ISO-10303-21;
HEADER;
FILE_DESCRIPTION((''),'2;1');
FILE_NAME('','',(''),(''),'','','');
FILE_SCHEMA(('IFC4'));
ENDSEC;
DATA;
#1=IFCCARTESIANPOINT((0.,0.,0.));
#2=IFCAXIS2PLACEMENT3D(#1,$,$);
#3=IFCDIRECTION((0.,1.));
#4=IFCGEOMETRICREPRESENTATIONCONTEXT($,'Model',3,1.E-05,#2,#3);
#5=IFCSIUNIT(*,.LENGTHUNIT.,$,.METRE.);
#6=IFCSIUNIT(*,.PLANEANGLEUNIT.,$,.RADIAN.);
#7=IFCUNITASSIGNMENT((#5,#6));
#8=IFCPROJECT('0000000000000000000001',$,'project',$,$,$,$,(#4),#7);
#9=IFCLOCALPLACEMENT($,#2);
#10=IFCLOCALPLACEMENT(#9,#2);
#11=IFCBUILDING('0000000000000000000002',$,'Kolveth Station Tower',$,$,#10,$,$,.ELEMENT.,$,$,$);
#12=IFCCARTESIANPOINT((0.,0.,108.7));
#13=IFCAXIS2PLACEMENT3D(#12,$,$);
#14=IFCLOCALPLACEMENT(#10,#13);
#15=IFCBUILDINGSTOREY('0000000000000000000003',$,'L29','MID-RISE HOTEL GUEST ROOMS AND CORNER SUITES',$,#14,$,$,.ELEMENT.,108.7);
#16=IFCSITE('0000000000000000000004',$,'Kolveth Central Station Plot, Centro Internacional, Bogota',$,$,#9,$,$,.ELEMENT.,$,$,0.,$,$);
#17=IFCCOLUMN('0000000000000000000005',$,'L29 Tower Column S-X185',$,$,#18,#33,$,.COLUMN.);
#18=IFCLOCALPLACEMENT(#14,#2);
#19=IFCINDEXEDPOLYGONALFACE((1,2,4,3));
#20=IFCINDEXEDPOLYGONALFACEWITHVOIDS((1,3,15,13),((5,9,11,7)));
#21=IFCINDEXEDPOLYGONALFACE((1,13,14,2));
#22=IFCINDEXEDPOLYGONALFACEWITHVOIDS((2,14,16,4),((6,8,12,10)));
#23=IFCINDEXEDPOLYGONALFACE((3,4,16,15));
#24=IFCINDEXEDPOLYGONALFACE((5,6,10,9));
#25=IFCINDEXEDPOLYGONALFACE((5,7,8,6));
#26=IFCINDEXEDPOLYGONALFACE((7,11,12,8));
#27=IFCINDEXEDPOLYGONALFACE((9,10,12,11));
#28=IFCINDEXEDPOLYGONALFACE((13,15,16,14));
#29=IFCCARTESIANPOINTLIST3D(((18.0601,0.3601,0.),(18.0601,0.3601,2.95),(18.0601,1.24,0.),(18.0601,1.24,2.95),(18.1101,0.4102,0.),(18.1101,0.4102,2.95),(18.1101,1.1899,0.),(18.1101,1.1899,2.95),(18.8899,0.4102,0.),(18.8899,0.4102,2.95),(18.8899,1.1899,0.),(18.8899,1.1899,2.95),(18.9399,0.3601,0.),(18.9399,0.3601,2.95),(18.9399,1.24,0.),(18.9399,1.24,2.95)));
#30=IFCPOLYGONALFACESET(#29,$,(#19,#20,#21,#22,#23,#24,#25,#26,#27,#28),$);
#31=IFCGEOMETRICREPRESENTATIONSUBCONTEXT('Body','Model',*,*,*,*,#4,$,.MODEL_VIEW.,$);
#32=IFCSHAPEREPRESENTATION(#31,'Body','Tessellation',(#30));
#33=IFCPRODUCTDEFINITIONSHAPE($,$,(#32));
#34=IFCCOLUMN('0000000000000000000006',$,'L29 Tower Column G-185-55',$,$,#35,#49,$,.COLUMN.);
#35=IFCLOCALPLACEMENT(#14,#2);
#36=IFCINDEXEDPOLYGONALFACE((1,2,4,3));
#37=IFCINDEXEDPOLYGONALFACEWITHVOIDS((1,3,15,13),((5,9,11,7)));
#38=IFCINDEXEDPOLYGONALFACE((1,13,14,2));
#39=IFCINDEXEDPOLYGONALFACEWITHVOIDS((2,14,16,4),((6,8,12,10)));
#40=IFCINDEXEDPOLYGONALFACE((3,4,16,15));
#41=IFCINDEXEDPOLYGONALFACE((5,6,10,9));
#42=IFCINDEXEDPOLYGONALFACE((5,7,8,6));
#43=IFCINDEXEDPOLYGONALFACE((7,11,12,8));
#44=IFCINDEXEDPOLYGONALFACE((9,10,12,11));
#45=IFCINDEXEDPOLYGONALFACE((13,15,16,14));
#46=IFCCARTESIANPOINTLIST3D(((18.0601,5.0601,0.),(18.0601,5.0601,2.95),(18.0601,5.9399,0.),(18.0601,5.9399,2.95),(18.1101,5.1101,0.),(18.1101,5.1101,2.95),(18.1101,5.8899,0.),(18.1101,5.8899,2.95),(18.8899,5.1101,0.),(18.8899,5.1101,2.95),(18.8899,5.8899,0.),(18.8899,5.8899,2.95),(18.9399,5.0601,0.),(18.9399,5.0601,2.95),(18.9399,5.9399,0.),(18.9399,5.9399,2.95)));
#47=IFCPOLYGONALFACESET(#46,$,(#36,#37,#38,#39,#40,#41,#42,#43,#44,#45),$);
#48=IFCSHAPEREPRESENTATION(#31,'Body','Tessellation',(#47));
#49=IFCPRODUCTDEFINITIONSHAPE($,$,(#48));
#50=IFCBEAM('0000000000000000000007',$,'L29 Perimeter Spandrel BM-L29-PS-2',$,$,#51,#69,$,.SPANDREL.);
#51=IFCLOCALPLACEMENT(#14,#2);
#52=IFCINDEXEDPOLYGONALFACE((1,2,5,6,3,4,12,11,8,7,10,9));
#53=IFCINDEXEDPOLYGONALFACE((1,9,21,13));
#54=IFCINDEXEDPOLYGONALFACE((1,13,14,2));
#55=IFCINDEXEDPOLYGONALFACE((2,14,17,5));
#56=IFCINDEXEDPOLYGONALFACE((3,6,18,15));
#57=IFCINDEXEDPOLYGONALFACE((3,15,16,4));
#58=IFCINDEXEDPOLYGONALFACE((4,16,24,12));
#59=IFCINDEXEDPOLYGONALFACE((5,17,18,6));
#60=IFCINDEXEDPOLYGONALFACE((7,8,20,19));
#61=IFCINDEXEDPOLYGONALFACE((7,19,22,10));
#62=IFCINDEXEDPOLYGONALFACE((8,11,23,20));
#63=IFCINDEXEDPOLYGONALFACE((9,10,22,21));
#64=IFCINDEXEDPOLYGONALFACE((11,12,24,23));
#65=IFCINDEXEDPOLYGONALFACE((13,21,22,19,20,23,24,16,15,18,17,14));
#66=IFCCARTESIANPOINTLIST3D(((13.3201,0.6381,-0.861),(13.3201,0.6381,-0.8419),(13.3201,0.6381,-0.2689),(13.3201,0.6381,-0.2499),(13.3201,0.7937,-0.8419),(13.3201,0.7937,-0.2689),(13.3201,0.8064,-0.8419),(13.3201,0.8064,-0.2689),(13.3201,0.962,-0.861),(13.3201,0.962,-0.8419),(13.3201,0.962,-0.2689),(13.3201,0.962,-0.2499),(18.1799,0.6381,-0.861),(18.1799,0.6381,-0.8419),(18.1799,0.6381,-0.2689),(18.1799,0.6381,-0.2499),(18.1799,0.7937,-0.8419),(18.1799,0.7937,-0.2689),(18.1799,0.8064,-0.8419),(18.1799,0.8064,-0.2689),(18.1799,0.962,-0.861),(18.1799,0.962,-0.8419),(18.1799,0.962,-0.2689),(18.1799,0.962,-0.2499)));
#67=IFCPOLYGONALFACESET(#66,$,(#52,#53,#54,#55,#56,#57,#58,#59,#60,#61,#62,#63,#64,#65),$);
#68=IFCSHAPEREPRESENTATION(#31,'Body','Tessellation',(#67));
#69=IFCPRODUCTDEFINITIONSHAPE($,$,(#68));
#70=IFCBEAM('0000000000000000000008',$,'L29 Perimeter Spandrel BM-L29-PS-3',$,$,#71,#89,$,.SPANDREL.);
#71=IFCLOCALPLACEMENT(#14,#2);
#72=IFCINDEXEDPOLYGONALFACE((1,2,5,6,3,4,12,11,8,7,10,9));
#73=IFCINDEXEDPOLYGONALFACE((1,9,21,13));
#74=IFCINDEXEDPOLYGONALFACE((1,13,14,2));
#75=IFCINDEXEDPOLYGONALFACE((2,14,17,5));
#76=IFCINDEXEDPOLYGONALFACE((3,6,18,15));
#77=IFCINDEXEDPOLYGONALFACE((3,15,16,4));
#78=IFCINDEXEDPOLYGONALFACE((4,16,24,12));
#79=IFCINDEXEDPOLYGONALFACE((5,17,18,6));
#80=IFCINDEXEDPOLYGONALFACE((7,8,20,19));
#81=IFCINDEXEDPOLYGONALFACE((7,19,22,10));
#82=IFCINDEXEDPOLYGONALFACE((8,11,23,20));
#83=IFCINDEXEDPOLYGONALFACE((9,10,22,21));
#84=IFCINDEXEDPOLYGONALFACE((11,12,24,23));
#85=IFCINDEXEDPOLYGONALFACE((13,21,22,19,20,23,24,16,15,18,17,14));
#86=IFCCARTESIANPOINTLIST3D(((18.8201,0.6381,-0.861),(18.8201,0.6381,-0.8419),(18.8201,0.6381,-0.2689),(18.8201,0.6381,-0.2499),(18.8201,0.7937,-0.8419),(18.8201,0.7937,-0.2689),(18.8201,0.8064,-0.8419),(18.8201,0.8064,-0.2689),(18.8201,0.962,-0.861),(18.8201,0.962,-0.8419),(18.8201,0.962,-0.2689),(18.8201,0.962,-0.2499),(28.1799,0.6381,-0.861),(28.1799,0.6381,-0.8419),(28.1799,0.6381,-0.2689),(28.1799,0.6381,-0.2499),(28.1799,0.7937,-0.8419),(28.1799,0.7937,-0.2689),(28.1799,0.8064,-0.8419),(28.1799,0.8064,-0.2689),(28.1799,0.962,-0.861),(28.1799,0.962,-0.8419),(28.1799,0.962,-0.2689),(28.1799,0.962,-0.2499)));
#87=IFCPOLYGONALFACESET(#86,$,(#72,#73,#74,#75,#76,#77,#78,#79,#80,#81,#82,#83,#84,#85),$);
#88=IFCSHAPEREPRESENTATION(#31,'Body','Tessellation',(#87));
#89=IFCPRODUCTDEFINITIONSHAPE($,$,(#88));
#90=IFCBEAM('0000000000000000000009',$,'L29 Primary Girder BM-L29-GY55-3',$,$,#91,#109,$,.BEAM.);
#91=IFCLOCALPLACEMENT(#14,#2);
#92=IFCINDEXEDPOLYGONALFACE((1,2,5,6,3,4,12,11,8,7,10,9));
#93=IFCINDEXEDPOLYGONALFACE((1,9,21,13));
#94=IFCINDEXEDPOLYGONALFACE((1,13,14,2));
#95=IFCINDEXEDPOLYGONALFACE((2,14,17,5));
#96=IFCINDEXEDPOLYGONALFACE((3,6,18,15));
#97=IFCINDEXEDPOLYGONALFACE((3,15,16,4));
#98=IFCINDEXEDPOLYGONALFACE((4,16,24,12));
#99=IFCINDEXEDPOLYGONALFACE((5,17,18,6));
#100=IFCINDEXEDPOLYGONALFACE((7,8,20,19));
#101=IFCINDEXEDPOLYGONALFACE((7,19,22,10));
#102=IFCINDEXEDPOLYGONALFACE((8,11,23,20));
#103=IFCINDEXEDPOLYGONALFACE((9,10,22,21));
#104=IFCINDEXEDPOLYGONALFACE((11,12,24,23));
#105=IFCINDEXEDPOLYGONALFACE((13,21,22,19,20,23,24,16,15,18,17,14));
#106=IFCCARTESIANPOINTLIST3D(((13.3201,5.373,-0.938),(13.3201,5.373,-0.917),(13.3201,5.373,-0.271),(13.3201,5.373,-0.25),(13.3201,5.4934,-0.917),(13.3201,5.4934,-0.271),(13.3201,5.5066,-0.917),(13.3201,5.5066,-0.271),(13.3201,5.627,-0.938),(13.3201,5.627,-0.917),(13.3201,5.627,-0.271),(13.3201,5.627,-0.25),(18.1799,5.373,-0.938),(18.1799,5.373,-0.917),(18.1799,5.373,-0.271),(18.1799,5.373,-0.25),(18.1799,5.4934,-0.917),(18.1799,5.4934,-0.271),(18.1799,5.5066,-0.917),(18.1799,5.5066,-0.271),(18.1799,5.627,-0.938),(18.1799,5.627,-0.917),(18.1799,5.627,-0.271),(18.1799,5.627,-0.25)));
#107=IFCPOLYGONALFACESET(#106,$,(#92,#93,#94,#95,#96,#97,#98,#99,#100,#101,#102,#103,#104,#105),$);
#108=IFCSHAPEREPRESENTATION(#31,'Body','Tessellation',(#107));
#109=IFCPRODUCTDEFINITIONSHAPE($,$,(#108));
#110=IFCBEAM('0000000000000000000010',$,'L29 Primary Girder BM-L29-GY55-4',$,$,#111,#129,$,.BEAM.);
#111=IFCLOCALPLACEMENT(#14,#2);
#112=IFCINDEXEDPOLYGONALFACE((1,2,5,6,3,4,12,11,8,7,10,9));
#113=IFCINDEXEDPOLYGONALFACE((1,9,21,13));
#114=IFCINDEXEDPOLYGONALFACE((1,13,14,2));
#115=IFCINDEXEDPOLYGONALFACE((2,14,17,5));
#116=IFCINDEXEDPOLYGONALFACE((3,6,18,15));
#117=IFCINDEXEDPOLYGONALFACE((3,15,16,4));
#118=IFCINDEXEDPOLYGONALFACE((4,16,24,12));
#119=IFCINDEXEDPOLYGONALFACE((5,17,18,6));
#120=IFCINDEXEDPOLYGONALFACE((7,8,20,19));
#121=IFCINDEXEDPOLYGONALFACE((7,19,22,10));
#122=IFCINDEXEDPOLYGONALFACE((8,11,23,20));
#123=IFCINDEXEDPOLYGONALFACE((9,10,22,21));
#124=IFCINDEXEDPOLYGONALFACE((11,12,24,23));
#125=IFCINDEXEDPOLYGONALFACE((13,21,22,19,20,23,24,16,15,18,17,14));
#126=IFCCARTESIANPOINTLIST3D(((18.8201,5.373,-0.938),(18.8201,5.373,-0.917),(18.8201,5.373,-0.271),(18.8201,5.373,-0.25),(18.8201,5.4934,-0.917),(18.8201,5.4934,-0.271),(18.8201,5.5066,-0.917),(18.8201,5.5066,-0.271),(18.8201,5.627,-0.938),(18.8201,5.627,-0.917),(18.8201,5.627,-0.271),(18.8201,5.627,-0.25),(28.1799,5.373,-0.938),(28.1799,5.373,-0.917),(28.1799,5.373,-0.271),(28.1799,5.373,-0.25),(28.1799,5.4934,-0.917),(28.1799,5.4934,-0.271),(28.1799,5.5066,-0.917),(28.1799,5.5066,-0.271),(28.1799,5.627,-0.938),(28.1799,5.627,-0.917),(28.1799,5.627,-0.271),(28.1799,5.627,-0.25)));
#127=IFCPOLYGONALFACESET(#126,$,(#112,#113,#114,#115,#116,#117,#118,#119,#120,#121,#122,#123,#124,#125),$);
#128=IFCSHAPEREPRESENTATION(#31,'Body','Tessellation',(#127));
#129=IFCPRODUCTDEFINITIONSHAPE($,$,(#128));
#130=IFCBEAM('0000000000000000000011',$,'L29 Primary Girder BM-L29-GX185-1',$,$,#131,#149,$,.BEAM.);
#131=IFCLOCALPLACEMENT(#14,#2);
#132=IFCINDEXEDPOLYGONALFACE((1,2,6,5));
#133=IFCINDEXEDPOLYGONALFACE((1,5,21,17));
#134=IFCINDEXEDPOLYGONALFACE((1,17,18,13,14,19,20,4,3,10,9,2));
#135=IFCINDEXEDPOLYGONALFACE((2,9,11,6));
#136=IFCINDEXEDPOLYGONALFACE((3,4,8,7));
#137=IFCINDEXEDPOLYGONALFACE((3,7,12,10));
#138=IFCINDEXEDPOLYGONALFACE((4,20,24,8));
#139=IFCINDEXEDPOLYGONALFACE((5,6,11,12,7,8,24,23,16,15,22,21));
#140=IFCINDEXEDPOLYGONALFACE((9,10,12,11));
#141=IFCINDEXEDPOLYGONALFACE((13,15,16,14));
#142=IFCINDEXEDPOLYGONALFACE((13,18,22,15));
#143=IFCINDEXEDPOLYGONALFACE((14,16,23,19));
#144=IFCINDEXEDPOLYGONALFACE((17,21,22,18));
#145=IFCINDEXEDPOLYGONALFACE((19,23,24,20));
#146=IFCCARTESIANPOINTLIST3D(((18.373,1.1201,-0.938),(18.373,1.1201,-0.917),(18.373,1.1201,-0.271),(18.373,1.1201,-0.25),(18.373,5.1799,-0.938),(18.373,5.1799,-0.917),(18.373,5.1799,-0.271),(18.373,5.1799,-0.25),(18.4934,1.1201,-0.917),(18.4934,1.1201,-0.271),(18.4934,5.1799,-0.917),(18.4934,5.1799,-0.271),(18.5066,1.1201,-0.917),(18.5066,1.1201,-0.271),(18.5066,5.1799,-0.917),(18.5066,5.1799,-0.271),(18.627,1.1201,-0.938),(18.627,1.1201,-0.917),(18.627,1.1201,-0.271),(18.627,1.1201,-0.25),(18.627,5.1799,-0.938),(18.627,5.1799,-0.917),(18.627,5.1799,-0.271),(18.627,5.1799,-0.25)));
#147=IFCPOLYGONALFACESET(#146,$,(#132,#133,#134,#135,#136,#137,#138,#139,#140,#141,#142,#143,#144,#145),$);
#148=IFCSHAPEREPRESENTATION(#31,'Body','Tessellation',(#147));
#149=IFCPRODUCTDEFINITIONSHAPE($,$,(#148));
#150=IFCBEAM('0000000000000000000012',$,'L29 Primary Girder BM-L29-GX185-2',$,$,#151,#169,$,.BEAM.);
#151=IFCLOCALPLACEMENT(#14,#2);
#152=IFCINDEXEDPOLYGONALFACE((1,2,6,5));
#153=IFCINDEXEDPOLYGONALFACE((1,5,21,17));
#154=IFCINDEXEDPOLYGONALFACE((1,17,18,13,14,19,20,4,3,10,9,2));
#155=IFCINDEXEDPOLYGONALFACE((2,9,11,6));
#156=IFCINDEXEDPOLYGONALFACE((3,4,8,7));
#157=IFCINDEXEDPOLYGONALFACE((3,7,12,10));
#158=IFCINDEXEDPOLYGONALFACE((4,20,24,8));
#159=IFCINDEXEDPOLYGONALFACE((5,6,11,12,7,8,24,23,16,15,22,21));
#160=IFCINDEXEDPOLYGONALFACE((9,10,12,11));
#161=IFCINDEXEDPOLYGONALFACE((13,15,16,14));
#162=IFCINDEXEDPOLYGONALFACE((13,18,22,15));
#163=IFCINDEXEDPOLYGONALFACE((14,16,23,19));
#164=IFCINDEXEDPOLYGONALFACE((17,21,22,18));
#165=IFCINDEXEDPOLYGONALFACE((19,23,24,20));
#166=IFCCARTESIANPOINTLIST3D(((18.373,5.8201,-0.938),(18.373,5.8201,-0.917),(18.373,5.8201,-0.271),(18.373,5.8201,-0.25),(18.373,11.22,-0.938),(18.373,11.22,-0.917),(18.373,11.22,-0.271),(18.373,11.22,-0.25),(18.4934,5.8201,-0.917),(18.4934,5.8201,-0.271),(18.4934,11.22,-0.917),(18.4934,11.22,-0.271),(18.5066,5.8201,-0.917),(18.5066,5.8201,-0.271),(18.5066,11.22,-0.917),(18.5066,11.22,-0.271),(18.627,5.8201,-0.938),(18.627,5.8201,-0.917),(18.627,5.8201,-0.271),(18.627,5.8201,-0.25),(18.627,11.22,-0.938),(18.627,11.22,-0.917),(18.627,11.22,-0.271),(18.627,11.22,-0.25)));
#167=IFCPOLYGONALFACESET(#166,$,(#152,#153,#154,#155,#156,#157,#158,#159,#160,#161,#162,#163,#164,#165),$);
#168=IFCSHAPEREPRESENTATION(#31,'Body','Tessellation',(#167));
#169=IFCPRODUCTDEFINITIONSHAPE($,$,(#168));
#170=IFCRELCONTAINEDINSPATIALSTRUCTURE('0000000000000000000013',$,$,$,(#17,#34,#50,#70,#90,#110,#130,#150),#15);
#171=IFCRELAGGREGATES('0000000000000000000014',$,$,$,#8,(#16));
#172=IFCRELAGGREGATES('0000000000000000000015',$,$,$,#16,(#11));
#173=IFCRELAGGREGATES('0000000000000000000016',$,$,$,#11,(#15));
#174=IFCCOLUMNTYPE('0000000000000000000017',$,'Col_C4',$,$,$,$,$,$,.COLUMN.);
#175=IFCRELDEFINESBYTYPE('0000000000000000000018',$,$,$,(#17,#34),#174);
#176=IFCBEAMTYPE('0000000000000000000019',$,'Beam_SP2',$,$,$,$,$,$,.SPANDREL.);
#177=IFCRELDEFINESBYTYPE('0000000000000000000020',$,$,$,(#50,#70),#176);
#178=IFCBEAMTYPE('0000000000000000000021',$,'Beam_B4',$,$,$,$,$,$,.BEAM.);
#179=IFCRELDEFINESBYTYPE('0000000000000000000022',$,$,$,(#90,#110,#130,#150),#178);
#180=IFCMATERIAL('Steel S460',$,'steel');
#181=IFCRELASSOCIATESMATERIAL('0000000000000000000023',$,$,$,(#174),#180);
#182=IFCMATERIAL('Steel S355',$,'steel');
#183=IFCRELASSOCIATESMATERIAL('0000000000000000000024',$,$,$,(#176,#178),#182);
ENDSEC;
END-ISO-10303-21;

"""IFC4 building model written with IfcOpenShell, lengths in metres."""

from ifc_helpers import new_model, si_unit, direction, frame, origin, origin_2d, place, context, subcontext, project, spatial, hollow_rectangle, i_section, extrude, source, transform, mapped, material, material_profile, profile_set, type_object, element, save


model = new_model("IFC4")

# Units and contexts
model_context = context("Model", 3, precision=1e-05, world=origin(), true_north=direction((0.0, 1.0)))
body_context = subcontext(model_context, "Body", "Model", "MODEL_VIEW")
ifc_project = project(units=[si_unit("LENGTHUNIT", "METRE"), si_unit("PLANEANGLEUNIT", "RADIAN")], contexts=[model_context])

# Site, building, storey
site_placement = place(None, origin())
site = spatial("IfcSite", under=ifc_project, at=site_placement, Name="Kolveth Central Station Plot, Centro Internacional, Bogota", CompositionType="ELEMENT", RefElevation=0.0)
building_placement = place(site_placement, origin())
building = spatial("IfcBuilding", under=site, at=building_placement, Name="Kolveth Station Tower", CompositionType="ELEMENT")
storey_placement = place(building_placement, frame((0.0, 0.0, 108.7)))
storey = spatial("IfcBuildingStorey", under=building, at=storey_placement, Name="L29", Description="MID-RISE HOTEL GUEST ROOMS AND CORNER SUITES", CompositionType="ELEMENT", Elevation=108.7)

# Columns
ifc_material_1 = material(Name="Steel S460", Category="steel")
ifc_material_profile_1 = material_profile(ifc_material_1, hollow_rectangle(XDim=0.8799, YDim=0.8799, WallThickness=0.05, at=origin_2d()), Name="BOX880x880x50")
ifc_profile_set_1 = profile_set([ifc_material_profile_1], Name="Steel S460")
column_type = type_object("IfcColumnType", Name="Col_C4", PredefinedType="COLUMN", material=ifc_profile_set_1)
shared_shape_1 = source(origin(), body_context, "Body", "SweptSolid", [
    extrude(hollow_rectangle(XDim=0.8799, YDim=0.8799, WallThickness=0.05, at=origin_2d()), origin(), (0.0, 0.0, 1.0), 2.95),
])
for number, where, z_axis, x_axis, name in (
    (1, (18.5, 0.8, 0.0), (0.0, 0.0, 1.0), (1.0, 0.0, 0.0), "L29 Tower Column S-X185"),
    (2, (18.5, 5.5, 0.0), (0.0, 0.0, 1.0), (1.0, 0.0, 0.0), "L29 Tower Column G-185-55"),
):
    element("IfcColumn", number, at=place(storey_placement, frame(where, z_axis=z_axis, x_axis=x_axis)), inside=storey, type_object=column_type, Name=name, PredefinedType="COLUMN", context=body_context, shape_type="MappedRepresentation", body=[
        mapped(shared_shape_1, transform((0.0, 0.0, 0.0), x_axis=(1.0, 0.0, 0.0), y_axis=(0.0, 1.0, 0.0), z_axis=(0.0, 0.0, 1.0), scale=1.0)),
    ])

# Beams
ifc_material_2 = material(Name="Steel S355", Category="steel")
ifc_material_profile_2 = material_profile(ifc_material_2, i_section(OverallWidth=0.324, OverallDepth=0.6111, WebThickness=0.0127, FlangeThickness=0.019, at=origin_2d()), Name="W610x155")
ifc_profile_set_2 = profile_set([ifc_material_profile_2], Name="Steel S355")
beam_type_1 = type_object("IfcBeamType", Name="Beam_SP2", PredefinedType="SPANDREL", material=ifc_profile_set_2)
shared_shape_2 = source(origin(), body_context, "Body", "SweptSolid", [
    extrude(i_section(OverallWidth=0.324, OverallDepth=0.6111, WebThickness=0.0127, FlangeThickness=0.019, at=origin_2d()), origin(), (0.0, 0.0, 1.0), 4.8599),
])
beam_1_placement = place(storey_placement, frame((13.3201, 0.8, -0.5554), z_axis=(1.0, 0.0, 0.0), x_axis=(0.0, 1.0, 0.0)))
element("IfcBeam", 3, at=beam_1_placement, inside=storey, type_object=beam_type_1, Name="L29 Perimeter Spandrel BM-L29-PS-2", PredefinedType="SPANDREL", context=body_context, shape_type="MappedRepresentation", body=[
    mapped(shared_shape_2, transform((0.0, 0.0, 0.0), x_axis=(1.0, 0.0, 0.0), y_axis=(0.0, 1.0, 0.0), z_axis=(0.0, 0.0, 1.0), scale=1.0)),
])
shared_shape_3 = source(origin(), body_context, "Body", "SweptSolid", [
    extrude(i_section(OverallWidth=0.324, OverallDepth=0.6111, WebThickness=0.0127, FlangeThickness=0.019, at=origin_2d()), origin(), (0.0, 0.0, 1.0), 9.3599),
])
beam_2_placement = place(storey_placement, frame((18.8201, 0.8, -0.5554), z_axis=(1.0, 0.0, 0.0), x_axis=(0.0, 1.0, 0.0)))
element("IfcBeam", 4, at=beam_2_placement, inside=storey, type_object=beam_type_1, Name="L29 Perimeter Spandrel BM-L29-PS-3", PredefinedType="SPANDREL", context=body_context, shape_type="MappedRepresentation", body=[
    mapped(shared_shape_3, transform((0.0, 0.0, 0.0), x_axis=(1.0, 0.0, 0.0), y_axis=(0.0, 1.0, 0.0), z_axis=(0.0, 0.0, 1.0), scale=1.0)),
])
ifc_material_profile_3 = material_profile(ifc_material_2, i_section(OverallWidth=0.2539, OverallDepth=0.688, WebThickness=0.0132, FlangeThickness=0.021, at=origin_2d()), Name="W690x152")
ifc_profile_set_3 = profile_set([ifc_material_profile_3], Name="Steel S355")
beam_type_2 = type_object("IfcBeamType", Name="Beam_B4", PredefinedType="BEAM", material=ifc_profile_set_3)
shared_shape_4 = source(origin(), body_context, "Body", "SweptSolid", [
    extrude(i_section(OverallWidth=0.2539, OverallDepth=0.688, WebThickness=0.0132, FlangeThickness=0.021, at=origin_2d()), origin(), (0.0, 0.0, 1.0), 4.8599),
])
beam_3_placement = place(storey_placement, frame((13.3201, 5.5, -0.594), z_axis=(1.0, 0.0, 0.0), x_axis=(0.0, 1.0, 0.0)))
element("IfcBeam", 5, at=beam_3_placement, inside=storey, type_object=beam_type_2, Name="L29 Primary Girder BM-L29-GY55-3", PredefinedType="BEAM", context=body_context, shape_type="MappedRepresentation", body=[
    mapped(shared_shape_4, transform((0.0, 0.0, 0.0), x_axis=(1.0, 0.0, 0.0), y_axis=(0.0, 1.0, 0.0), z_axis=(0.0, 0.0, 1.0), scale=1.0)),
])
shared_shape_5 = source(origin(), body_context, "Body", "SweptSolid", [
    extrude(i_section(OverallWidth=0.2539, OverallDepth=0.688, WebThickness=0.0132, FlangeThickness=0.021, at=origin_2d()), origin(), (0.0, 0.0, 1.0), 9.3599),
])
beam_4_placement = place(storey_placement, frame((18.8201, 5.5, -0.594), z_axis=(1.0, 0.0, 0.0), x_axis=(0.0, 1.0, 0.0)))
element("IfcBeam", 6, at=beam_4_placement, inside=storey, type_object=beam_type_2, Name="L29 Primary Girder BM-L29-GY55-4", PredefinedType="BEAM", context=body_context, shape_type="MappedRepresentation", body=[
    mapped(shared_shape_5, transform((0.0, 0.0, 0.0), x_axis=(1.0, 0.0, 0.0), y_axis=(0.0, 1.0, 0.0), z_axis=(0.0, 0.0, 1.0), scale=1.0)),
])
shared_shape_6 = source(origin(), body_context, "Body", "SweptSolid", [
    extrude(i_section(OverallWidth=0.2539, OverallDepth=0.688, WebThickness=0.0132, FlangeThickness=0.021, at=origin_2d()), origin(), (0.0, 0.0, 1.0), 4.0598),
])
beam_5_placement = place(storey_placement, frame((18.5, 1.1201, -0.594), z_axis=(0.0, 1.0, 0.0), x_axis=(-1.0, 0.0, 0.0)))
element("IfcBeam", 7, at=beam_5_placement, inside=storey, type_object=beam_type_2, Name="L29 Primary Girder BM-L29-GX185-1", PredefinedType="BEAM", context=body_context, shape_type="MappedRepresentation", body=[
    mapped(shared_shape_6, transform((0.0, 0.0, 0.0), x_axis=(1.0, 0.0, 0.0), y_axis=(0.0, 1.0, 0.0), z_axis=(0.0, 0.0, 1.0), scale=1.0)),
])
shared_shape_7 = source(origin(), body_context, "Body", "SweptSolid", [
    extrude(i_section(OverallWidth=0.2539, OverallDepth=0.688, WebThickness=0.0132, FlangeThickness=0.021, at=origin_2d()), origin(), (0.0, 0.0, 1.0), 5.3999),
])
beam_6_placement = place(storey_placement, frame((18.5, 5.8201, -0.594), z_axis=(0.0, 1.0, 0.0), x_axis=(-1.0, 0.0, 0.0)))
element("IfcBeam", 8, at=beam_6_placement, inside=storey, type_object=beam_type_2, Name="L29 Primary Girder BM-L29-GX185-2", PredefinedType="BEAM", context=body_context, shape_type="MappedRepresentation", body=[
    mapped(shared_shape_7, transform((0.0, 0.0, 0.0), x_axis=(1.0, 0.0, 0.0), y_axis=(0.0, 1.0, 0.0), z_axis=(0.0, 0.0, 1.0), scale=1.0)),
])

save(model, "model.ifc")
